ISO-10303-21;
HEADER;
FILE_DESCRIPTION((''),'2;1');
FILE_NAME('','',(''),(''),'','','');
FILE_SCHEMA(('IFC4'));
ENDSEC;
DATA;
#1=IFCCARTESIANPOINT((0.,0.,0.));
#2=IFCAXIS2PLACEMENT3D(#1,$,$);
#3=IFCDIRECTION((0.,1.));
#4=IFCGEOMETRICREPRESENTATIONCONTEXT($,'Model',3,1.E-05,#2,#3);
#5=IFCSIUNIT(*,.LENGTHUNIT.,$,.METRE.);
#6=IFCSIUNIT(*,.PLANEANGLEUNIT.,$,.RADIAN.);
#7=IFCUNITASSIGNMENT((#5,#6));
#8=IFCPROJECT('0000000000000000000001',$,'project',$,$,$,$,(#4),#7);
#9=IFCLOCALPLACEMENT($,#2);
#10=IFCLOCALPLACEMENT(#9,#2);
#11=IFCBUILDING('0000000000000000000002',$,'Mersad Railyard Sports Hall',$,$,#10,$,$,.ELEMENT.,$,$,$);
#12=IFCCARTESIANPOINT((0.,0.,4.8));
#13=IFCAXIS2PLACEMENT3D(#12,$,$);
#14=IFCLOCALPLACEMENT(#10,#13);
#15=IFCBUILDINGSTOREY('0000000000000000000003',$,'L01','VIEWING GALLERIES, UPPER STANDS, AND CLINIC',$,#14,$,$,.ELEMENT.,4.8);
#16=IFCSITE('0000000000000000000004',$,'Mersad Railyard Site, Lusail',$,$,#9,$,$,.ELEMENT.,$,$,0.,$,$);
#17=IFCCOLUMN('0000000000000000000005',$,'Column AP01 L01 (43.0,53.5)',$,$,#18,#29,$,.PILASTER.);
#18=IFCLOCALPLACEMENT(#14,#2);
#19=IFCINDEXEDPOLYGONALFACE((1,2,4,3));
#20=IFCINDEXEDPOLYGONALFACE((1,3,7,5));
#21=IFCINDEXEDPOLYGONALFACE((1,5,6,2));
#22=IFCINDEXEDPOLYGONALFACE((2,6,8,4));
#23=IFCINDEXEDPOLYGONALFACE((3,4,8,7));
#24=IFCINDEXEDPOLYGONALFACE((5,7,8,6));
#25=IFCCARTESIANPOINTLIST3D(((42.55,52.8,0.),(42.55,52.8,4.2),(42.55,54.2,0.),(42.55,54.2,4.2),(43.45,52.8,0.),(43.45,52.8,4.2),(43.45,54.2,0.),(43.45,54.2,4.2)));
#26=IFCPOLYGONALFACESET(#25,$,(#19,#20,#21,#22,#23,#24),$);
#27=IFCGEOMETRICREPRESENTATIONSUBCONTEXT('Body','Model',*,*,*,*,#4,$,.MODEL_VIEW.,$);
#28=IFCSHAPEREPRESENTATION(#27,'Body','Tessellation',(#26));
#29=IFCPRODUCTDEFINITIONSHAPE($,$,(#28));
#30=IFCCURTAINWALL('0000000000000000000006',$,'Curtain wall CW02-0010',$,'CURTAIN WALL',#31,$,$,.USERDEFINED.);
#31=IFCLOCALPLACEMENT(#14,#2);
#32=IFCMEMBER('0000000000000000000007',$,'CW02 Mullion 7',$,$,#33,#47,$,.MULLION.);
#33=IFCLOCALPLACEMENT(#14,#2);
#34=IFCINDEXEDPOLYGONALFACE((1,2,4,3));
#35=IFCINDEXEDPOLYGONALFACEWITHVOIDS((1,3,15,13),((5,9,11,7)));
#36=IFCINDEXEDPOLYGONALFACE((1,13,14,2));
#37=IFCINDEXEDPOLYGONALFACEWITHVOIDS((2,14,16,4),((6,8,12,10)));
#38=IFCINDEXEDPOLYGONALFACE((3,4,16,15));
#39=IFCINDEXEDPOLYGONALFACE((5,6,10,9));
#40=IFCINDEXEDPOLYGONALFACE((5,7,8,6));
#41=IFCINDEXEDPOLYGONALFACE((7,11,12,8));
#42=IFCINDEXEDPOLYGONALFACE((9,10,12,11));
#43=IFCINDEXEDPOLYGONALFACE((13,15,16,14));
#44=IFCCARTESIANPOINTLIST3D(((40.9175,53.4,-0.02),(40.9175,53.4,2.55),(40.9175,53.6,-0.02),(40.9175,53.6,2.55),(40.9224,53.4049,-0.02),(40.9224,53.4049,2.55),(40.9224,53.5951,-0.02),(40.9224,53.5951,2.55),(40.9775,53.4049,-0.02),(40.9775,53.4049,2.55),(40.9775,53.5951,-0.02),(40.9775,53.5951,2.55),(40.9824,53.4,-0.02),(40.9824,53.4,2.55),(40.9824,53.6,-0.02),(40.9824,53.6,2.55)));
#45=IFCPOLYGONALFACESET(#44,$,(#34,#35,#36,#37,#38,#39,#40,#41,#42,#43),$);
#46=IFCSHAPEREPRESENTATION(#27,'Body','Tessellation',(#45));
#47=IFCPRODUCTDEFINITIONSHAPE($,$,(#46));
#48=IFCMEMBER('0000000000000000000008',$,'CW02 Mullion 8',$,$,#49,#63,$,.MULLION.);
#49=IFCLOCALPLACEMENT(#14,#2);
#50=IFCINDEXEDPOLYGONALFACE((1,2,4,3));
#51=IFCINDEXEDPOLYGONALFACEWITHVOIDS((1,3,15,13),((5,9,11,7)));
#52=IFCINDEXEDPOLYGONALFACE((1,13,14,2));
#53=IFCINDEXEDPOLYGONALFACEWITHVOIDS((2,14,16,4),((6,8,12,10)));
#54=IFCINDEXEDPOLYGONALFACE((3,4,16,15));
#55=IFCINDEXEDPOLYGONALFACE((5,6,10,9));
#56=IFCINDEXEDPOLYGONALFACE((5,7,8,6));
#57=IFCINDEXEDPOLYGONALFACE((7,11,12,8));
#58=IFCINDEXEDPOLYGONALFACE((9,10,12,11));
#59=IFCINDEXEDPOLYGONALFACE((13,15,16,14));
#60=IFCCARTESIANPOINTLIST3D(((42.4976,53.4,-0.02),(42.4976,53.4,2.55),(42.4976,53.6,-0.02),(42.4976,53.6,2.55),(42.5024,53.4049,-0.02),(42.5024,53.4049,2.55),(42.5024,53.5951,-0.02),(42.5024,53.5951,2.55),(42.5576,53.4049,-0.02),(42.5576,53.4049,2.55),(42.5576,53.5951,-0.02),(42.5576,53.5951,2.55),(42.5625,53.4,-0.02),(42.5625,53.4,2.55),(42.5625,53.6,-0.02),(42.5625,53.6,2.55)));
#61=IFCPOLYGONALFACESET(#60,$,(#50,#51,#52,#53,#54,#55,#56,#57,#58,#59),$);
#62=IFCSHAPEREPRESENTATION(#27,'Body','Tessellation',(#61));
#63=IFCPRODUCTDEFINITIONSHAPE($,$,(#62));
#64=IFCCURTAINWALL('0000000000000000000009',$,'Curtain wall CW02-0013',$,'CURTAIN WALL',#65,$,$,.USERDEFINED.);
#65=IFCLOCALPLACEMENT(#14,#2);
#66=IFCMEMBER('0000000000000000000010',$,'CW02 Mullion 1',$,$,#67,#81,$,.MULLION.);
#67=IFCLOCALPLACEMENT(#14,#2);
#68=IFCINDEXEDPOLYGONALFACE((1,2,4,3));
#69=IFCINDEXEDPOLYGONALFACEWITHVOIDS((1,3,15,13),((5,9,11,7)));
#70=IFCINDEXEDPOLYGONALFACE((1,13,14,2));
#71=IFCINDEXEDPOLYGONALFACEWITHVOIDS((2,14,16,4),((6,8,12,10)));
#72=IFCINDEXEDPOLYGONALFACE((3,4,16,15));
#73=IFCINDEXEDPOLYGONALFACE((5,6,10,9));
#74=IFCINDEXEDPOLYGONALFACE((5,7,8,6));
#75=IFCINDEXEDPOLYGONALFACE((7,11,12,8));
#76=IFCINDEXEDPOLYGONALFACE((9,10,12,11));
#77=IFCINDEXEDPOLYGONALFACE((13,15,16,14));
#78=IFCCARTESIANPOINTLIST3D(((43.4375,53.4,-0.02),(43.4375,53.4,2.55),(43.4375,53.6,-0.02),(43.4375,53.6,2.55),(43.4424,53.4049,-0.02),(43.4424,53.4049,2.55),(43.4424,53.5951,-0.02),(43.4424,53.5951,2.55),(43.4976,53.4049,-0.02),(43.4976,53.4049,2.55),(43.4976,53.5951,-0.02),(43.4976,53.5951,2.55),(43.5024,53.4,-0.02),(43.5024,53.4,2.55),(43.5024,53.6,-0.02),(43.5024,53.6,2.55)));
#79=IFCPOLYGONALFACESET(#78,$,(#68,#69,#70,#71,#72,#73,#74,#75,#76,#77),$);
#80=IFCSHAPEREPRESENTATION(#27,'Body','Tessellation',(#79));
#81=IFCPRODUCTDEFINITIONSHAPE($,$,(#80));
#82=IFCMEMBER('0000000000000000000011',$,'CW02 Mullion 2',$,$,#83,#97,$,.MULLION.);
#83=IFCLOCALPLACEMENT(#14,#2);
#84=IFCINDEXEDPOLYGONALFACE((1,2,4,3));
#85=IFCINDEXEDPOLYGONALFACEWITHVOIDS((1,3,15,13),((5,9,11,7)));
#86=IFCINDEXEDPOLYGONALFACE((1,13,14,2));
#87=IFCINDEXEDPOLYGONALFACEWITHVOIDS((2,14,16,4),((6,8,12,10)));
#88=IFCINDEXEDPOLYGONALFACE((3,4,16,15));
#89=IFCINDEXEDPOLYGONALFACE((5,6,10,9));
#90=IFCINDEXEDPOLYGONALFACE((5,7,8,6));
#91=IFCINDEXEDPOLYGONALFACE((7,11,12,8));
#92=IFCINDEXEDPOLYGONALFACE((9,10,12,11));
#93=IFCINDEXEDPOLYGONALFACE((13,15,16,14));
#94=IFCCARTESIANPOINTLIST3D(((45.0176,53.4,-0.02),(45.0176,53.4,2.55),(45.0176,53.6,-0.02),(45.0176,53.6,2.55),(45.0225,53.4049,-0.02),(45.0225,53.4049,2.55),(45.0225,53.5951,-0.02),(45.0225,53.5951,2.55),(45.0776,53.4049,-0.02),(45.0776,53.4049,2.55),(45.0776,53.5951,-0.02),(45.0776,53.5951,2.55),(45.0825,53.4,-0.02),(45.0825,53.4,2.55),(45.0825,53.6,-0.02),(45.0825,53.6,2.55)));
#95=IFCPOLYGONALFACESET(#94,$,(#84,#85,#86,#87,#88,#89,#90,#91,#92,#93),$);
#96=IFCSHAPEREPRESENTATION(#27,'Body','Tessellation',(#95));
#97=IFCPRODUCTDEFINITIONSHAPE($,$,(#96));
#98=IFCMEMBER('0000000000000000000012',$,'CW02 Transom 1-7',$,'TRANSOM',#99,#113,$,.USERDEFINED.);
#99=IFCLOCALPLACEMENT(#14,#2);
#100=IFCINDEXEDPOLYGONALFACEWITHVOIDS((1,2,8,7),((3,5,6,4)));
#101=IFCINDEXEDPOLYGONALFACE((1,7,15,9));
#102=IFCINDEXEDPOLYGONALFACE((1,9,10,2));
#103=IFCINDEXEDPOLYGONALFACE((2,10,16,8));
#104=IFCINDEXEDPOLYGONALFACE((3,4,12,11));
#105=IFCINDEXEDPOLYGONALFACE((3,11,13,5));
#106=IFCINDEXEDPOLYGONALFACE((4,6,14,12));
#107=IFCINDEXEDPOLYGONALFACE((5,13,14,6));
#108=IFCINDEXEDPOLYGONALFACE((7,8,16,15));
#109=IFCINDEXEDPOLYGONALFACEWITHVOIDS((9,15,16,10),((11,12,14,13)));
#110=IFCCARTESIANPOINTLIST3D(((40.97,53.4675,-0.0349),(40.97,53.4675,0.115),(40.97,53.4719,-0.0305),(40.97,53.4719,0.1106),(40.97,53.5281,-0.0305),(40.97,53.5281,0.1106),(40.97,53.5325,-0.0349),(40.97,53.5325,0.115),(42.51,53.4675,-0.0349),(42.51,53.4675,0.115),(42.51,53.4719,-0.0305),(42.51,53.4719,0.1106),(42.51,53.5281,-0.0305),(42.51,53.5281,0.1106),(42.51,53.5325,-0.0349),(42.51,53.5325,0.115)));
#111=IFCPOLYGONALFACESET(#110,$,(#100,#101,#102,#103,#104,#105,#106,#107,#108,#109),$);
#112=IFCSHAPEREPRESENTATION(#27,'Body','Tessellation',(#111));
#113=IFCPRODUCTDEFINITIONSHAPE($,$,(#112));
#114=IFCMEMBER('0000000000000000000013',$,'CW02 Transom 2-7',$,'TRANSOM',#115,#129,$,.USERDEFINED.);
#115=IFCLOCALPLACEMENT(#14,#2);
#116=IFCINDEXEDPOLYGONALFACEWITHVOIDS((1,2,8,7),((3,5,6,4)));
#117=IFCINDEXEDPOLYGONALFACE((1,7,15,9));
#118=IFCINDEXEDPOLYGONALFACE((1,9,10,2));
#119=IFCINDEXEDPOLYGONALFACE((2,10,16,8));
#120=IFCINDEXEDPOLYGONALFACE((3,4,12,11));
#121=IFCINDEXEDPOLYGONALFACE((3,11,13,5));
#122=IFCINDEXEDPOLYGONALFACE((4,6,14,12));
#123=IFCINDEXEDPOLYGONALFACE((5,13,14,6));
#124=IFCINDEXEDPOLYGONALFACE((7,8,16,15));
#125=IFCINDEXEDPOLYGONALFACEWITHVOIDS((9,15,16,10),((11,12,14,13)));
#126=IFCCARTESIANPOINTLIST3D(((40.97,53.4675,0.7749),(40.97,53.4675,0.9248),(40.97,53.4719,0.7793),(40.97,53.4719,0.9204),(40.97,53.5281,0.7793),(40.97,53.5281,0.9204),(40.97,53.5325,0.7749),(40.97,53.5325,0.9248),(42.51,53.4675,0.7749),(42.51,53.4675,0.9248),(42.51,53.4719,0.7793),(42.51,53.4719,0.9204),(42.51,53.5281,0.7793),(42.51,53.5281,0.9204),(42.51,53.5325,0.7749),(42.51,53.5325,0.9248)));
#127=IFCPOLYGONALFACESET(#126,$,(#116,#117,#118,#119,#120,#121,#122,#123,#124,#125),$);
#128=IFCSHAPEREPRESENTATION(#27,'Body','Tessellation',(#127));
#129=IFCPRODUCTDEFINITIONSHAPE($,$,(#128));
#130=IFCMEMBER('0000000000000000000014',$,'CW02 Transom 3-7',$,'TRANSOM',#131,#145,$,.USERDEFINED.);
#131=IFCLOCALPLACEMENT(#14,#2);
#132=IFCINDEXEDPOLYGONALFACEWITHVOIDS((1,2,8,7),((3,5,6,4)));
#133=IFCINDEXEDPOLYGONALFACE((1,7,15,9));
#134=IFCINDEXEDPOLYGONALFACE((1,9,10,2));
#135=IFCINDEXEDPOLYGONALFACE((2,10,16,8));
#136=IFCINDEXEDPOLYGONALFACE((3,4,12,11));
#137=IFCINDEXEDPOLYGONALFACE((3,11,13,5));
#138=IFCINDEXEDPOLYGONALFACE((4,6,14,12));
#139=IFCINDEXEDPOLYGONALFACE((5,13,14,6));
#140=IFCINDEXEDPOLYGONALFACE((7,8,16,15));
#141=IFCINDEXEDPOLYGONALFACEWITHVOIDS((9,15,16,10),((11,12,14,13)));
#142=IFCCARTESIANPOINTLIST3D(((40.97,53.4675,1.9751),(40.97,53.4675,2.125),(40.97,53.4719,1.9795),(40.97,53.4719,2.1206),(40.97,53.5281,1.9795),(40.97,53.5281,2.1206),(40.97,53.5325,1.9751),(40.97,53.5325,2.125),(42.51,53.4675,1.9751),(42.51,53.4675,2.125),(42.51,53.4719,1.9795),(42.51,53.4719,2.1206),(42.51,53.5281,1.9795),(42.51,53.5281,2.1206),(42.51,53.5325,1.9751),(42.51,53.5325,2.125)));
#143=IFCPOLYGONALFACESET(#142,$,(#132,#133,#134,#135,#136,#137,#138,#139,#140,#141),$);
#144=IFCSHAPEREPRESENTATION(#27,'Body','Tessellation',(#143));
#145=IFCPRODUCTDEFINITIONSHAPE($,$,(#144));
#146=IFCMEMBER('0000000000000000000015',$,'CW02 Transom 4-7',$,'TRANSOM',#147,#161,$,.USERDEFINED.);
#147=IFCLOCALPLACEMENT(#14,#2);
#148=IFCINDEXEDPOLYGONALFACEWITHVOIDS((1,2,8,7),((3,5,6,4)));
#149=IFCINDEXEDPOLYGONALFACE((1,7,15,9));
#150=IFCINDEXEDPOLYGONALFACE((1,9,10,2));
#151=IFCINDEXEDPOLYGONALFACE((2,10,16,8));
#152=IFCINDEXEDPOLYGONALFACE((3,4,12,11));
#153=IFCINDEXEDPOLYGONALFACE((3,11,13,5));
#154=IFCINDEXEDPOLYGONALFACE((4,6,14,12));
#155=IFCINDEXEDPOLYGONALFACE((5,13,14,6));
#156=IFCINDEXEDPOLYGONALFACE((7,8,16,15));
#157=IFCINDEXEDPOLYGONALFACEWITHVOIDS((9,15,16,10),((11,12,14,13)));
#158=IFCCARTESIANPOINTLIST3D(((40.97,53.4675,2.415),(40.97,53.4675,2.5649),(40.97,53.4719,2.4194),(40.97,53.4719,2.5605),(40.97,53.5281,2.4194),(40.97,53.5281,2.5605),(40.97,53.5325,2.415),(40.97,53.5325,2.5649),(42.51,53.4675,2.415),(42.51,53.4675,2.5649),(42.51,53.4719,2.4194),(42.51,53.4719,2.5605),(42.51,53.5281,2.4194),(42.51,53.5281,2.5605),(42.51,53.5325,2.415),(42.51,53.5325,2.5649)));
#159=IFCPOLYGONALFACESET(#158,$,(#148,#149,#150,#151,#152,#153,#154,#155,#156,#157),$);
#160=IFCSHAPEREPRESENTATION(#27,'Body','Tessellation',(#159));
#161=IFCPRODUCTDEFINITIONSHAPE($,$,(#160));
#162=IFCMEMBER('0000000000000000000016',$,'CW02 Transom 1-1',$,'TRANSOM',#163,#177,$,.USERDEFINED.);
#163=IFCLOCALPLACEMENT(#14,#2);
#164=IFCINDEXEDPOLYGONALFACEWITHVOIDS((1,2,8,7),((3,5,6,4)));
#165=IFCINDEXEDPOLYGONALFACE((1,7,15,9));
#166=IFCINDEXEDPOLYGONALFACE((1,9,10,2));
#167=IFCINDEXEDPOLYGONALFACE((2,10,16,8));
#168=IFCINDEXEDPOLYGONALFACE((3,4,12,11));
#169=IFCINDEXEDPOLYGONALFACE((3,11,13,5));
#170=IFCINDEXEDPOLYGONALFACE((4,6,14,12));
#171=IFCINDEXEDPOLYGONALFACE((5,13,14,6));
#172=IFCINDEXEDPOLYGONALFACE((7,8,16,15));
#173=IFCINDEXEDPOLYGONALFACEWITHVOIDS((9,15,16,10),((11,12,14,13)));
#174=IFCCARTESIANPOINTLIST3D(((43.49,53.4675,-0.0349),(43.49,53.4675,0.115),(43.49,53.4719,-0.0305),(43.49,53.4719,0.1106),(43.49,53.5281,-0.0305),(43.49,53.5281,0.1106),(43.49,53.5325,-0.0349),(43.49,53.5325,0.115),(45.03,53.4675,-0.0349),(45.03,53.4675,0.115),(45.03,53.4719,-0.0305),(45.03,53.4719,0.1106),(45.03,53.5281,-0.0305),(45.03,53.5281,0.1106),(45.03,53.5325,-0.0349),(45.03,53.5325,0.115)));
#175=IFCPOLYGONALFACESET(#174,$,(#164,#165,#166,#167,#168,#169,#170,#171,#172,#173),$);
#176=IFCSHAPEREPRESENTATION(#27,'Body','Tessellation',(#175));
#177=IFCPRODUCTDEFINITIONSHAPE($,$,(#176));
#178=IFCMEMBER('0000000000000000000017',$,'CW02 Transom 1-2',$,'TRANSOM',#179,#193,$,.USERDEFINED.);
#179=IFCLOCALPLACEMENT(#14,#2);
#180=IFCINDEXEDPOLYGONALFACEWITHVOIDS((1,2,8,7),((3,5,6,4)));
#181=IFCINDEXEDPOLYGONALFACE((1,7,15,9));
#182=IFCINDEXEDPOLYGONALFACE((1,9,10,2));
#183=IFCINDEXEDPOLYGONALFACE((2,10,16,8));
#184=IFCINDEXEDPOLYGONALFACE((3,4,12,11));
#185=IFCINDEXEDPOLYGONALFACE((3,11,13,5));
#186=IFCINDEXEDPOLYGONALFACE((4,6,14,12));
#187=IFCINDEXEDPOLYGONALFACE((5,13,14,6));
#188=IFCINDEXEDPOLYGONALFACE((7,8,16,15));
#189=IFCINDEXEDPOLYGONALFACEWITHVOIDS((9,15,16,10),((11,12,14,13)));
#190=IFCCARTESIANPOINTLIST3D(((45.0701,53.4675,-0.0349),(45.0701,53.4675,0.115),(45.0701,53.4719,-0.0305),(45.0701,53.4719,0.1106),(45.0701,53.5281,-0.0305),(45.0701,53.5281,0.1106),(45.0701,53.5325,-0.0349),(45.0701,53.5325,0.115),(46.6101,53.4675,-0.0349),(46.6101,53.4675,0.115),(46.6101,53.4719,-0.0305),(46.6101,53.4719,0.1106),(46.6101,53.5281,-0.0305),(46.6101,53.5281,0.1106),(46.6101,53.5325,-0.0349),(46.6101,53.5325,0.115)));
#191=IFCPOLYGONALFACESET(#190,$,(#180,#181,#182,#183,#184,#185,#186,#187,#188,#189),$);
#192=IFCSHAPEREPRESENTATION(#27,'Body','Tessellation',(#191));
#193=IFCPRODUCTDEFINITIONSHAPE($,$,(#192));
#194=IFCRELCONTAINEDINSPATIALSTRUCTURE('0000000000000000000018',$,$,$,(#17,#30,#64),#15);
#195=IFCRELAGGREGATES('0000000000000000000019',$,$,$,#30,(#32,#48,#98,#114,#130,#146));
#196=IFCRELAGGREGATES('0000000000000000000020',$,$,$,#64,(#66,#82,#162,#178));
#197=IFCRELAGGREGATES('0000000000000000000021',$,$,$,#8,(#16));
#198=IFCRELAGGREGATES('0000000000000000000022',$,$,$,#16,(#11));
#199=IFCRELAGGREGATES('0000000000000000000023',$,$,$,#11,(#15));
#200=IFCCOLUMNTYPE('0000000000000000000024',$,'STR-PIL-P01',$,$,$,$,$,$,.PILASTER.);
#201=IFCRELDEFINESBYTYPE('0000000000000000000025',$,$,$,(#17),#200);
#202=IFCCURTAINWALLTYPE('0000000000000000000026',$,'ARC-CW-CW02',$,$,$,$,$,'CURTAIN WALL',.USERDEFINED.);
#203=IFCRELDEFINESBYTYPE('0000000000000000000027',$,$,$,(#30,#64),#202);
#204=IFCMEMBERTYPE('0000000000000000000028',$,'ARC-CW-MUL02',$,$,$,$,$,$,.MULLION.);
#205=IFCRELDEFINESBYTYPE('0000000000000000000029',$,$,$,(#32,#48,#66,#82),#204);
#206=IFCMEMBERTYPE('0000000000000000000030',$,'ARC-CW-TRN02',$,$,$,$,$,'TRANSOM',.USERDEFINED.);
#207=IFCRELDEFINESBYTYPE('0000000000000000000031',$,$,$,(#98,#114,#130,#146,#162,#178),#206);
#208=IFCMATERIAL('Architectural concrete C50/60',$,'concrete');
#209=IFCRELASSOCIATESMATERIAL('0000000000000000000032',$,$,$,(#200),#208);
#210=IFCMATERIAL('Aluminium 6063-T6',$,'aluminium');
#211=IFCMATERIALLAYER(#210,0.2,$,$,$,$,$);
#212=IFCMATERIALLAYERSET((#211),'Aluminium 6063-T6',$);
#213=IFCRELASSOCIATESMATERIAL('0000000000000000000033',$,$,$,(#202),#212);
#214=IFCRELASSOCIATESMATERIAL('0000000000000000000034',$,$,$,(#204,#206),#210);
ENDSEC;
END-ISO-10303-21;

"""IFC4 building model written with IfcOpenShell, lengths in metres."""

from ifc_helpers import new_model, si_unit, direction, frame, origin, origin_2d, place, context, subcontext, project, spatial, rectangle, hollow_rectangle, extrude, material, layer, layer_set, material_profile, profile_set, type_object, element, aggregate, save


model = new_model("IFC4")

# Units and contexts
model_context = context("Model", 3, precision=1e-05, world=origin(), true_north=direction((0.0, 1.0)))
body_context = subcontext(model_context, "Body", "Model", "MODEL_VIEW")
ifc_project = project(units=[si_unit("LENGTHUNIT", "METRE"), si_unit("PLANEANGLEUNIT", "RADIAN")], contexts=[model_context])

# Site, building, storey
site_placement = place(None, origin())
site = spatial("IfcSite", under=ifc_project, at=site_placement, Name="Mersad Railyard Site, Lusail", CompositionType="ELEMENT", RefElevation=0.0)
building_placement = place(site_placement, origin())
building = spatial("IfcBuilding", under=site, at=building_placement, Name="Mersad Railyard Sports Hall", CompositionType="ELEMENT")
storey_placement = place(building_placement, frame((0.0, 0.0, 4.8)))
storey = spatial("IfcBuildingStorey", under=building, at=storey_placement, Name="L01", Description="VIEWING GALLERIES, UPPER STANDS, AND CLINIC", CompositionType="ELEMENT", Elevation=4.8)

# Column
ifc_material_1 = material(Name="Architectural concrete C50/60", Category="concrete")
ifc_material_profile_1 = material_profile(ifc_material_1, rectangle(XDim=0.8999, YDim=1.3999, at=origin_2d()), Name="RC 900x1400")
ifc_profile_set_1 = profile_set([ifc_material_profile_1], Name="Architectural concrete C50/60")
column_type = type_object("IfcColumnType", Name="STR-PIL-P01", PredefinedType="PILASTER", material=ifc_profile_set_1)
column_placement = place(storey_placement, frame((43.0, 53.5, 0.0), z_axis=(0.0, 0.0, 1.0), x_axis=(1.0, 0.0, 0.0)))
element("IfcColumn", 1, at=column_placement, inside=storey, type_object=column_type, Name="Column AP01 L01 (43.0,53.5)", PredefinedType="PILASTER", context=body_context, shape_type="SweptSolid", body=[
    extrude(rectangle(XDim=0.8999, YDim=1.3999, at=origin_2d()), origin(), (0.0, 0.0, 1.0), 4.2),
])

# Curtain walls, members
ifc_material_2 = material(Name="Aluminium 6063-T6", Category="aluminium")
ifc_layer_1 = layer(ifc_material_2, 0.2)
ifc_layer_set_1 = layer_set([ifc_layer_1], Name="Aluminium 6063-T6")
curtain_wall_type = type_object("IfcCurtainWallType", Name="ARC-CW-CW02", ElementType="CURTAIN WALL", PredefinedType="USERDEFINED", material=ifc_layer_set_1)
curtain_wall_1_placement = place(storey_placement, origin())
curtain_wall_1 = element("IfcCurtainWall", 2, at=curtain_wall_1_placement, inside=storey, type_object=curtain_wall_type, Name="Curtain wall CW02-0010", ObjectType="CURTAIN WALL", PredefinedType="USERDEFINED")
ifc_material_profile_2 = material_profile(ifc_material_2, hollow_rectangle(XDim=0.0649, YDim=0.2, WallThickness=0.0049, at=origin_2d()), Name="AL MULLION 65x200x5")
ifc_profile_set_2 = profile_set([ifc_material_profile_2], Name="Aluminium 6063-T6")
member_type_1 = type_object("IfcMemberType", Name="ARC-CW-MUL02", PredefinedType="MULLION", material=ifc_profile_set_2)
member_1_placement = place(storey_placement, frame((40.95, 53.5, -0.02), z_axis=(0.0, 0.0, 1.0), x_axis=(1.0, 0.0, 0.0)))
member_1 = element("IfcMember", 3, at=member_1_placement, type_object=member_type_1, Name="CW02 Mullion 7", PredefinedType="MULLION", context=body_context, shape_type="SweptSolid", body=[
    extrude(hollow_rectangle(XDim=0.0649, YDim=0.2, WallThickness=0.0049, at=origin_2d()), origin(), (0.0, 0.0, 1.0), 2.5701),
])
member_2_placement = place(storey_placement, frame((42.53, 53.5, -0.02), z_axis=(0.0, 0.0, 1.0), x_axis=(1.0, 0.0, 0.0)))
member_2 = element("IfcMember", 4, at=member_2_placement, type_object=member_type_1, Name="CW02 Mullion 8", PredefinedType="MULLION", context=body_context, shape_type="SweptSolid", body=[
    extrude(hollow_rectangle(XDim=0.0649, YDim=0.2, WallThickness=0.0049, at=origin_2d()), origin(), (0.0, 0.0, 1.0), 2.5701),
])
curtain_wall_2_placement = place(storey_placement, origin())
curtain_wall_2 = element("IfcCurtainWall", 5, at=curtain_wall_2_placement, inside=storey, type_object=curtain_wall_type, Name="Curtain wall CW02-0013", ObjectType="CURTAIN WALL", PredefinedType="USERDEFINED")
member_3_placement = place(storey_placement, frame((43.47, 53.5, -0.02), z_axis=(0.0, 0.0, 1.0), x_axis=(1.0, 0.0, 0.0)))
member_3 = element("IfcMember", 6, at=member_3_placement, type_object=member_type_1, Name="CW02 Mullion 1", PredefinedType="MULLION", context=body_context, shape_type="SweptSolid", body=[
    extrude(hollow_rectangle(XDim=0.0649, YDim=0.2, WallThickness=0.0049, at=origin_2d()), origin(), (0.0, 0.0, 1.0), 2.5701),
])
member_4_placement = place(storey_placement, frame((45.05, 53.5, -0.02), z_axis=(0.0, 0.0, 1.0), x_axis=(1.0, 0.0, 0.0)))
member_4 = element("IfcMember", 7, at=member_4_placement, type_object=member_type_1, Name="CW02 Mullion 2", PredefinedType="MULLION", context=body_context, shape_type="SweptSolid", body=[
    extrude(hollow_rectangle(XDim=0.0649, YDim=0.2, WallThickness=0.0049, at=origin_2d()), origin(), (0.0, 0.0, 1.0), 2.5701),
])

# Members
ifc_material_profile_3 = material_profile(ifc_material_2, hollow_rectangle(XDim=0.0649, YDim=0.1499, WallThickness=0.0044, at=origin_2d()), Name="AL TRANSOM 65x150x4.5")
ifc_profile_set_3 = profile_set([ifc_material_profile_3], Name="Aluminium 6063-T6")
member_type_2 = type_object("IfcMemberType", Name="ARC-CW-TRN02", ElementType="TRANSOM", PredefinedType="USERDEFINED", material=ifc_profile_set_3)
member_5_placement = place(storey_placement, frame((40.97, 53.5, 0.04), z_axis=(1.0, 0.0, 0.0), x_axis=(0.0, 1.0, 0.0)))
member_5 = element("IfcMember", 8, at=member_5_placement, type_object=member_type_2, Name="CW02 Transom 1-7", ObjectType="TRANSOM", PredefinedType="USERDEFINED", context=body_context, shape_type="SweptSolid", body=[
    extrude(hollow_rectangle(XDim=0.0649, YDim=0.1499, WallThickness=0.0044, at=origin_2d()), origin(), (0.0, 0.0, 1.0), 1.54),
])
member_6_placement = place(storey_placement, frame((40.97, 53.5, 0.8499), z_axis=(1.0, 0.0, 0.0), x_axis=(0.0, 1.0, 0.0)))
member_6 = element("IfcMember", 9, at=member_6_placement, type_object=member_type_2, Name="CW02 Transom 2-7", ObjectType="TRANSOM", PredefinedType="USERDEFINED", context=body_context, shape_type="SweptSolid", body=[
    extrude(hollow_rectangle(XDim=0.0649, YDim=0.1499, WallThickness=0.0044, at=origin_2d()), origin(), (0.0, 0.0, 1.0), 1.54),
])
member_7_placement = place(storey_placement, frame((40.97, 53.5, 2.05), z_axis=(1.0, 0.0, 0.0), x_axis=(0.0, 1.0, 0.0)))
member_7 = element("IfcMember", 10, at=member_7_placement, type_object=member_type_2, Name="CW02 Transom 3-7", ObjectType="TRANSOM", PredefinedType="USERDEFINED", context=body_context, shape_type="SweptSolid", body=[
    extrude(hollow_rectangle(XDim=0.0649, YDim=0.1499, WallThickness=0.0044, at=origin_2d()), origin(), (0.0, 0.0, 1.0), 1.54),
])
member_8_placement = place(storey_placement, frame((40.97, 53.5, 2.49), z_axis=(1.0, 0.0, 0.0), x_axis=(0.0, 1.0, 0.0)))
member_8 = element("IfcMember", 11, at=member_8_placement, type_object=member_type_2, Name="CW02 Transom 4-7", ObjectType="TRANSOM", PredefinedType="USERDEFINED", context=body_context, shape_type="SweptSolid", body=[
    extrude(hollow_rectangle(XDim=0.0649, YDim=0.1499, WallThickness=0.0044, at=origin_2d()), origin(), (0.0, 0.0, 1.0), 1.54),
])
member_9_placement = place(storey_placement, frame((43.49, 53.5, 0.04), z_axis=(1.0, 0.0, 0.0), x_axis=(0.0, 1.0, 0.0)))
member_9 = element("IfcMember", 12, at=member_9_placement, type_object=member_type_2, Name="CW02 Transom 1-1", ObjectType="TRANSOM", PredefinedType="USERDEFINED", context=body_context, shape_type="SweptSolid", body=[
    extrude(hollow_rectangle(XDim=0.0649, YDim=0.1499, WallThickness=0.0044, at=origin_2d()), origin(), (0.0, 0.0, 1.0), 1.54),
])
member_10_placement = place(storey_placement, frame((45.0701, 53.5, 0.04), z_axis=(1.0, 0.0, 0.0), x_axis=(0.0, 1.0, 0.0)))
member_10 = element("IfcMember", 13, at=member_10_placement, type_object=member_type_2, Name="CW02 Transom 1-2", ObjectType="TRANSOM", PredefinedType="USERDEFINED", context=body_context, shape_type="SweptSolid", body=[
    extrude(hollow_rectangle(XDim=0.0649, YDim=0.1499, WallThickness=0.0044, at=origin_2d()), origin(), (0.0, 0.0, 1.0), 1.54),
])

aggregate(curtain_wall_1, [member_1, member_2, member_5, member_6, member_7, member_8])
aggregate(curtain_wall_2, [member_3, member_4, member_9, member_10])

save(model, "model.ifc")
